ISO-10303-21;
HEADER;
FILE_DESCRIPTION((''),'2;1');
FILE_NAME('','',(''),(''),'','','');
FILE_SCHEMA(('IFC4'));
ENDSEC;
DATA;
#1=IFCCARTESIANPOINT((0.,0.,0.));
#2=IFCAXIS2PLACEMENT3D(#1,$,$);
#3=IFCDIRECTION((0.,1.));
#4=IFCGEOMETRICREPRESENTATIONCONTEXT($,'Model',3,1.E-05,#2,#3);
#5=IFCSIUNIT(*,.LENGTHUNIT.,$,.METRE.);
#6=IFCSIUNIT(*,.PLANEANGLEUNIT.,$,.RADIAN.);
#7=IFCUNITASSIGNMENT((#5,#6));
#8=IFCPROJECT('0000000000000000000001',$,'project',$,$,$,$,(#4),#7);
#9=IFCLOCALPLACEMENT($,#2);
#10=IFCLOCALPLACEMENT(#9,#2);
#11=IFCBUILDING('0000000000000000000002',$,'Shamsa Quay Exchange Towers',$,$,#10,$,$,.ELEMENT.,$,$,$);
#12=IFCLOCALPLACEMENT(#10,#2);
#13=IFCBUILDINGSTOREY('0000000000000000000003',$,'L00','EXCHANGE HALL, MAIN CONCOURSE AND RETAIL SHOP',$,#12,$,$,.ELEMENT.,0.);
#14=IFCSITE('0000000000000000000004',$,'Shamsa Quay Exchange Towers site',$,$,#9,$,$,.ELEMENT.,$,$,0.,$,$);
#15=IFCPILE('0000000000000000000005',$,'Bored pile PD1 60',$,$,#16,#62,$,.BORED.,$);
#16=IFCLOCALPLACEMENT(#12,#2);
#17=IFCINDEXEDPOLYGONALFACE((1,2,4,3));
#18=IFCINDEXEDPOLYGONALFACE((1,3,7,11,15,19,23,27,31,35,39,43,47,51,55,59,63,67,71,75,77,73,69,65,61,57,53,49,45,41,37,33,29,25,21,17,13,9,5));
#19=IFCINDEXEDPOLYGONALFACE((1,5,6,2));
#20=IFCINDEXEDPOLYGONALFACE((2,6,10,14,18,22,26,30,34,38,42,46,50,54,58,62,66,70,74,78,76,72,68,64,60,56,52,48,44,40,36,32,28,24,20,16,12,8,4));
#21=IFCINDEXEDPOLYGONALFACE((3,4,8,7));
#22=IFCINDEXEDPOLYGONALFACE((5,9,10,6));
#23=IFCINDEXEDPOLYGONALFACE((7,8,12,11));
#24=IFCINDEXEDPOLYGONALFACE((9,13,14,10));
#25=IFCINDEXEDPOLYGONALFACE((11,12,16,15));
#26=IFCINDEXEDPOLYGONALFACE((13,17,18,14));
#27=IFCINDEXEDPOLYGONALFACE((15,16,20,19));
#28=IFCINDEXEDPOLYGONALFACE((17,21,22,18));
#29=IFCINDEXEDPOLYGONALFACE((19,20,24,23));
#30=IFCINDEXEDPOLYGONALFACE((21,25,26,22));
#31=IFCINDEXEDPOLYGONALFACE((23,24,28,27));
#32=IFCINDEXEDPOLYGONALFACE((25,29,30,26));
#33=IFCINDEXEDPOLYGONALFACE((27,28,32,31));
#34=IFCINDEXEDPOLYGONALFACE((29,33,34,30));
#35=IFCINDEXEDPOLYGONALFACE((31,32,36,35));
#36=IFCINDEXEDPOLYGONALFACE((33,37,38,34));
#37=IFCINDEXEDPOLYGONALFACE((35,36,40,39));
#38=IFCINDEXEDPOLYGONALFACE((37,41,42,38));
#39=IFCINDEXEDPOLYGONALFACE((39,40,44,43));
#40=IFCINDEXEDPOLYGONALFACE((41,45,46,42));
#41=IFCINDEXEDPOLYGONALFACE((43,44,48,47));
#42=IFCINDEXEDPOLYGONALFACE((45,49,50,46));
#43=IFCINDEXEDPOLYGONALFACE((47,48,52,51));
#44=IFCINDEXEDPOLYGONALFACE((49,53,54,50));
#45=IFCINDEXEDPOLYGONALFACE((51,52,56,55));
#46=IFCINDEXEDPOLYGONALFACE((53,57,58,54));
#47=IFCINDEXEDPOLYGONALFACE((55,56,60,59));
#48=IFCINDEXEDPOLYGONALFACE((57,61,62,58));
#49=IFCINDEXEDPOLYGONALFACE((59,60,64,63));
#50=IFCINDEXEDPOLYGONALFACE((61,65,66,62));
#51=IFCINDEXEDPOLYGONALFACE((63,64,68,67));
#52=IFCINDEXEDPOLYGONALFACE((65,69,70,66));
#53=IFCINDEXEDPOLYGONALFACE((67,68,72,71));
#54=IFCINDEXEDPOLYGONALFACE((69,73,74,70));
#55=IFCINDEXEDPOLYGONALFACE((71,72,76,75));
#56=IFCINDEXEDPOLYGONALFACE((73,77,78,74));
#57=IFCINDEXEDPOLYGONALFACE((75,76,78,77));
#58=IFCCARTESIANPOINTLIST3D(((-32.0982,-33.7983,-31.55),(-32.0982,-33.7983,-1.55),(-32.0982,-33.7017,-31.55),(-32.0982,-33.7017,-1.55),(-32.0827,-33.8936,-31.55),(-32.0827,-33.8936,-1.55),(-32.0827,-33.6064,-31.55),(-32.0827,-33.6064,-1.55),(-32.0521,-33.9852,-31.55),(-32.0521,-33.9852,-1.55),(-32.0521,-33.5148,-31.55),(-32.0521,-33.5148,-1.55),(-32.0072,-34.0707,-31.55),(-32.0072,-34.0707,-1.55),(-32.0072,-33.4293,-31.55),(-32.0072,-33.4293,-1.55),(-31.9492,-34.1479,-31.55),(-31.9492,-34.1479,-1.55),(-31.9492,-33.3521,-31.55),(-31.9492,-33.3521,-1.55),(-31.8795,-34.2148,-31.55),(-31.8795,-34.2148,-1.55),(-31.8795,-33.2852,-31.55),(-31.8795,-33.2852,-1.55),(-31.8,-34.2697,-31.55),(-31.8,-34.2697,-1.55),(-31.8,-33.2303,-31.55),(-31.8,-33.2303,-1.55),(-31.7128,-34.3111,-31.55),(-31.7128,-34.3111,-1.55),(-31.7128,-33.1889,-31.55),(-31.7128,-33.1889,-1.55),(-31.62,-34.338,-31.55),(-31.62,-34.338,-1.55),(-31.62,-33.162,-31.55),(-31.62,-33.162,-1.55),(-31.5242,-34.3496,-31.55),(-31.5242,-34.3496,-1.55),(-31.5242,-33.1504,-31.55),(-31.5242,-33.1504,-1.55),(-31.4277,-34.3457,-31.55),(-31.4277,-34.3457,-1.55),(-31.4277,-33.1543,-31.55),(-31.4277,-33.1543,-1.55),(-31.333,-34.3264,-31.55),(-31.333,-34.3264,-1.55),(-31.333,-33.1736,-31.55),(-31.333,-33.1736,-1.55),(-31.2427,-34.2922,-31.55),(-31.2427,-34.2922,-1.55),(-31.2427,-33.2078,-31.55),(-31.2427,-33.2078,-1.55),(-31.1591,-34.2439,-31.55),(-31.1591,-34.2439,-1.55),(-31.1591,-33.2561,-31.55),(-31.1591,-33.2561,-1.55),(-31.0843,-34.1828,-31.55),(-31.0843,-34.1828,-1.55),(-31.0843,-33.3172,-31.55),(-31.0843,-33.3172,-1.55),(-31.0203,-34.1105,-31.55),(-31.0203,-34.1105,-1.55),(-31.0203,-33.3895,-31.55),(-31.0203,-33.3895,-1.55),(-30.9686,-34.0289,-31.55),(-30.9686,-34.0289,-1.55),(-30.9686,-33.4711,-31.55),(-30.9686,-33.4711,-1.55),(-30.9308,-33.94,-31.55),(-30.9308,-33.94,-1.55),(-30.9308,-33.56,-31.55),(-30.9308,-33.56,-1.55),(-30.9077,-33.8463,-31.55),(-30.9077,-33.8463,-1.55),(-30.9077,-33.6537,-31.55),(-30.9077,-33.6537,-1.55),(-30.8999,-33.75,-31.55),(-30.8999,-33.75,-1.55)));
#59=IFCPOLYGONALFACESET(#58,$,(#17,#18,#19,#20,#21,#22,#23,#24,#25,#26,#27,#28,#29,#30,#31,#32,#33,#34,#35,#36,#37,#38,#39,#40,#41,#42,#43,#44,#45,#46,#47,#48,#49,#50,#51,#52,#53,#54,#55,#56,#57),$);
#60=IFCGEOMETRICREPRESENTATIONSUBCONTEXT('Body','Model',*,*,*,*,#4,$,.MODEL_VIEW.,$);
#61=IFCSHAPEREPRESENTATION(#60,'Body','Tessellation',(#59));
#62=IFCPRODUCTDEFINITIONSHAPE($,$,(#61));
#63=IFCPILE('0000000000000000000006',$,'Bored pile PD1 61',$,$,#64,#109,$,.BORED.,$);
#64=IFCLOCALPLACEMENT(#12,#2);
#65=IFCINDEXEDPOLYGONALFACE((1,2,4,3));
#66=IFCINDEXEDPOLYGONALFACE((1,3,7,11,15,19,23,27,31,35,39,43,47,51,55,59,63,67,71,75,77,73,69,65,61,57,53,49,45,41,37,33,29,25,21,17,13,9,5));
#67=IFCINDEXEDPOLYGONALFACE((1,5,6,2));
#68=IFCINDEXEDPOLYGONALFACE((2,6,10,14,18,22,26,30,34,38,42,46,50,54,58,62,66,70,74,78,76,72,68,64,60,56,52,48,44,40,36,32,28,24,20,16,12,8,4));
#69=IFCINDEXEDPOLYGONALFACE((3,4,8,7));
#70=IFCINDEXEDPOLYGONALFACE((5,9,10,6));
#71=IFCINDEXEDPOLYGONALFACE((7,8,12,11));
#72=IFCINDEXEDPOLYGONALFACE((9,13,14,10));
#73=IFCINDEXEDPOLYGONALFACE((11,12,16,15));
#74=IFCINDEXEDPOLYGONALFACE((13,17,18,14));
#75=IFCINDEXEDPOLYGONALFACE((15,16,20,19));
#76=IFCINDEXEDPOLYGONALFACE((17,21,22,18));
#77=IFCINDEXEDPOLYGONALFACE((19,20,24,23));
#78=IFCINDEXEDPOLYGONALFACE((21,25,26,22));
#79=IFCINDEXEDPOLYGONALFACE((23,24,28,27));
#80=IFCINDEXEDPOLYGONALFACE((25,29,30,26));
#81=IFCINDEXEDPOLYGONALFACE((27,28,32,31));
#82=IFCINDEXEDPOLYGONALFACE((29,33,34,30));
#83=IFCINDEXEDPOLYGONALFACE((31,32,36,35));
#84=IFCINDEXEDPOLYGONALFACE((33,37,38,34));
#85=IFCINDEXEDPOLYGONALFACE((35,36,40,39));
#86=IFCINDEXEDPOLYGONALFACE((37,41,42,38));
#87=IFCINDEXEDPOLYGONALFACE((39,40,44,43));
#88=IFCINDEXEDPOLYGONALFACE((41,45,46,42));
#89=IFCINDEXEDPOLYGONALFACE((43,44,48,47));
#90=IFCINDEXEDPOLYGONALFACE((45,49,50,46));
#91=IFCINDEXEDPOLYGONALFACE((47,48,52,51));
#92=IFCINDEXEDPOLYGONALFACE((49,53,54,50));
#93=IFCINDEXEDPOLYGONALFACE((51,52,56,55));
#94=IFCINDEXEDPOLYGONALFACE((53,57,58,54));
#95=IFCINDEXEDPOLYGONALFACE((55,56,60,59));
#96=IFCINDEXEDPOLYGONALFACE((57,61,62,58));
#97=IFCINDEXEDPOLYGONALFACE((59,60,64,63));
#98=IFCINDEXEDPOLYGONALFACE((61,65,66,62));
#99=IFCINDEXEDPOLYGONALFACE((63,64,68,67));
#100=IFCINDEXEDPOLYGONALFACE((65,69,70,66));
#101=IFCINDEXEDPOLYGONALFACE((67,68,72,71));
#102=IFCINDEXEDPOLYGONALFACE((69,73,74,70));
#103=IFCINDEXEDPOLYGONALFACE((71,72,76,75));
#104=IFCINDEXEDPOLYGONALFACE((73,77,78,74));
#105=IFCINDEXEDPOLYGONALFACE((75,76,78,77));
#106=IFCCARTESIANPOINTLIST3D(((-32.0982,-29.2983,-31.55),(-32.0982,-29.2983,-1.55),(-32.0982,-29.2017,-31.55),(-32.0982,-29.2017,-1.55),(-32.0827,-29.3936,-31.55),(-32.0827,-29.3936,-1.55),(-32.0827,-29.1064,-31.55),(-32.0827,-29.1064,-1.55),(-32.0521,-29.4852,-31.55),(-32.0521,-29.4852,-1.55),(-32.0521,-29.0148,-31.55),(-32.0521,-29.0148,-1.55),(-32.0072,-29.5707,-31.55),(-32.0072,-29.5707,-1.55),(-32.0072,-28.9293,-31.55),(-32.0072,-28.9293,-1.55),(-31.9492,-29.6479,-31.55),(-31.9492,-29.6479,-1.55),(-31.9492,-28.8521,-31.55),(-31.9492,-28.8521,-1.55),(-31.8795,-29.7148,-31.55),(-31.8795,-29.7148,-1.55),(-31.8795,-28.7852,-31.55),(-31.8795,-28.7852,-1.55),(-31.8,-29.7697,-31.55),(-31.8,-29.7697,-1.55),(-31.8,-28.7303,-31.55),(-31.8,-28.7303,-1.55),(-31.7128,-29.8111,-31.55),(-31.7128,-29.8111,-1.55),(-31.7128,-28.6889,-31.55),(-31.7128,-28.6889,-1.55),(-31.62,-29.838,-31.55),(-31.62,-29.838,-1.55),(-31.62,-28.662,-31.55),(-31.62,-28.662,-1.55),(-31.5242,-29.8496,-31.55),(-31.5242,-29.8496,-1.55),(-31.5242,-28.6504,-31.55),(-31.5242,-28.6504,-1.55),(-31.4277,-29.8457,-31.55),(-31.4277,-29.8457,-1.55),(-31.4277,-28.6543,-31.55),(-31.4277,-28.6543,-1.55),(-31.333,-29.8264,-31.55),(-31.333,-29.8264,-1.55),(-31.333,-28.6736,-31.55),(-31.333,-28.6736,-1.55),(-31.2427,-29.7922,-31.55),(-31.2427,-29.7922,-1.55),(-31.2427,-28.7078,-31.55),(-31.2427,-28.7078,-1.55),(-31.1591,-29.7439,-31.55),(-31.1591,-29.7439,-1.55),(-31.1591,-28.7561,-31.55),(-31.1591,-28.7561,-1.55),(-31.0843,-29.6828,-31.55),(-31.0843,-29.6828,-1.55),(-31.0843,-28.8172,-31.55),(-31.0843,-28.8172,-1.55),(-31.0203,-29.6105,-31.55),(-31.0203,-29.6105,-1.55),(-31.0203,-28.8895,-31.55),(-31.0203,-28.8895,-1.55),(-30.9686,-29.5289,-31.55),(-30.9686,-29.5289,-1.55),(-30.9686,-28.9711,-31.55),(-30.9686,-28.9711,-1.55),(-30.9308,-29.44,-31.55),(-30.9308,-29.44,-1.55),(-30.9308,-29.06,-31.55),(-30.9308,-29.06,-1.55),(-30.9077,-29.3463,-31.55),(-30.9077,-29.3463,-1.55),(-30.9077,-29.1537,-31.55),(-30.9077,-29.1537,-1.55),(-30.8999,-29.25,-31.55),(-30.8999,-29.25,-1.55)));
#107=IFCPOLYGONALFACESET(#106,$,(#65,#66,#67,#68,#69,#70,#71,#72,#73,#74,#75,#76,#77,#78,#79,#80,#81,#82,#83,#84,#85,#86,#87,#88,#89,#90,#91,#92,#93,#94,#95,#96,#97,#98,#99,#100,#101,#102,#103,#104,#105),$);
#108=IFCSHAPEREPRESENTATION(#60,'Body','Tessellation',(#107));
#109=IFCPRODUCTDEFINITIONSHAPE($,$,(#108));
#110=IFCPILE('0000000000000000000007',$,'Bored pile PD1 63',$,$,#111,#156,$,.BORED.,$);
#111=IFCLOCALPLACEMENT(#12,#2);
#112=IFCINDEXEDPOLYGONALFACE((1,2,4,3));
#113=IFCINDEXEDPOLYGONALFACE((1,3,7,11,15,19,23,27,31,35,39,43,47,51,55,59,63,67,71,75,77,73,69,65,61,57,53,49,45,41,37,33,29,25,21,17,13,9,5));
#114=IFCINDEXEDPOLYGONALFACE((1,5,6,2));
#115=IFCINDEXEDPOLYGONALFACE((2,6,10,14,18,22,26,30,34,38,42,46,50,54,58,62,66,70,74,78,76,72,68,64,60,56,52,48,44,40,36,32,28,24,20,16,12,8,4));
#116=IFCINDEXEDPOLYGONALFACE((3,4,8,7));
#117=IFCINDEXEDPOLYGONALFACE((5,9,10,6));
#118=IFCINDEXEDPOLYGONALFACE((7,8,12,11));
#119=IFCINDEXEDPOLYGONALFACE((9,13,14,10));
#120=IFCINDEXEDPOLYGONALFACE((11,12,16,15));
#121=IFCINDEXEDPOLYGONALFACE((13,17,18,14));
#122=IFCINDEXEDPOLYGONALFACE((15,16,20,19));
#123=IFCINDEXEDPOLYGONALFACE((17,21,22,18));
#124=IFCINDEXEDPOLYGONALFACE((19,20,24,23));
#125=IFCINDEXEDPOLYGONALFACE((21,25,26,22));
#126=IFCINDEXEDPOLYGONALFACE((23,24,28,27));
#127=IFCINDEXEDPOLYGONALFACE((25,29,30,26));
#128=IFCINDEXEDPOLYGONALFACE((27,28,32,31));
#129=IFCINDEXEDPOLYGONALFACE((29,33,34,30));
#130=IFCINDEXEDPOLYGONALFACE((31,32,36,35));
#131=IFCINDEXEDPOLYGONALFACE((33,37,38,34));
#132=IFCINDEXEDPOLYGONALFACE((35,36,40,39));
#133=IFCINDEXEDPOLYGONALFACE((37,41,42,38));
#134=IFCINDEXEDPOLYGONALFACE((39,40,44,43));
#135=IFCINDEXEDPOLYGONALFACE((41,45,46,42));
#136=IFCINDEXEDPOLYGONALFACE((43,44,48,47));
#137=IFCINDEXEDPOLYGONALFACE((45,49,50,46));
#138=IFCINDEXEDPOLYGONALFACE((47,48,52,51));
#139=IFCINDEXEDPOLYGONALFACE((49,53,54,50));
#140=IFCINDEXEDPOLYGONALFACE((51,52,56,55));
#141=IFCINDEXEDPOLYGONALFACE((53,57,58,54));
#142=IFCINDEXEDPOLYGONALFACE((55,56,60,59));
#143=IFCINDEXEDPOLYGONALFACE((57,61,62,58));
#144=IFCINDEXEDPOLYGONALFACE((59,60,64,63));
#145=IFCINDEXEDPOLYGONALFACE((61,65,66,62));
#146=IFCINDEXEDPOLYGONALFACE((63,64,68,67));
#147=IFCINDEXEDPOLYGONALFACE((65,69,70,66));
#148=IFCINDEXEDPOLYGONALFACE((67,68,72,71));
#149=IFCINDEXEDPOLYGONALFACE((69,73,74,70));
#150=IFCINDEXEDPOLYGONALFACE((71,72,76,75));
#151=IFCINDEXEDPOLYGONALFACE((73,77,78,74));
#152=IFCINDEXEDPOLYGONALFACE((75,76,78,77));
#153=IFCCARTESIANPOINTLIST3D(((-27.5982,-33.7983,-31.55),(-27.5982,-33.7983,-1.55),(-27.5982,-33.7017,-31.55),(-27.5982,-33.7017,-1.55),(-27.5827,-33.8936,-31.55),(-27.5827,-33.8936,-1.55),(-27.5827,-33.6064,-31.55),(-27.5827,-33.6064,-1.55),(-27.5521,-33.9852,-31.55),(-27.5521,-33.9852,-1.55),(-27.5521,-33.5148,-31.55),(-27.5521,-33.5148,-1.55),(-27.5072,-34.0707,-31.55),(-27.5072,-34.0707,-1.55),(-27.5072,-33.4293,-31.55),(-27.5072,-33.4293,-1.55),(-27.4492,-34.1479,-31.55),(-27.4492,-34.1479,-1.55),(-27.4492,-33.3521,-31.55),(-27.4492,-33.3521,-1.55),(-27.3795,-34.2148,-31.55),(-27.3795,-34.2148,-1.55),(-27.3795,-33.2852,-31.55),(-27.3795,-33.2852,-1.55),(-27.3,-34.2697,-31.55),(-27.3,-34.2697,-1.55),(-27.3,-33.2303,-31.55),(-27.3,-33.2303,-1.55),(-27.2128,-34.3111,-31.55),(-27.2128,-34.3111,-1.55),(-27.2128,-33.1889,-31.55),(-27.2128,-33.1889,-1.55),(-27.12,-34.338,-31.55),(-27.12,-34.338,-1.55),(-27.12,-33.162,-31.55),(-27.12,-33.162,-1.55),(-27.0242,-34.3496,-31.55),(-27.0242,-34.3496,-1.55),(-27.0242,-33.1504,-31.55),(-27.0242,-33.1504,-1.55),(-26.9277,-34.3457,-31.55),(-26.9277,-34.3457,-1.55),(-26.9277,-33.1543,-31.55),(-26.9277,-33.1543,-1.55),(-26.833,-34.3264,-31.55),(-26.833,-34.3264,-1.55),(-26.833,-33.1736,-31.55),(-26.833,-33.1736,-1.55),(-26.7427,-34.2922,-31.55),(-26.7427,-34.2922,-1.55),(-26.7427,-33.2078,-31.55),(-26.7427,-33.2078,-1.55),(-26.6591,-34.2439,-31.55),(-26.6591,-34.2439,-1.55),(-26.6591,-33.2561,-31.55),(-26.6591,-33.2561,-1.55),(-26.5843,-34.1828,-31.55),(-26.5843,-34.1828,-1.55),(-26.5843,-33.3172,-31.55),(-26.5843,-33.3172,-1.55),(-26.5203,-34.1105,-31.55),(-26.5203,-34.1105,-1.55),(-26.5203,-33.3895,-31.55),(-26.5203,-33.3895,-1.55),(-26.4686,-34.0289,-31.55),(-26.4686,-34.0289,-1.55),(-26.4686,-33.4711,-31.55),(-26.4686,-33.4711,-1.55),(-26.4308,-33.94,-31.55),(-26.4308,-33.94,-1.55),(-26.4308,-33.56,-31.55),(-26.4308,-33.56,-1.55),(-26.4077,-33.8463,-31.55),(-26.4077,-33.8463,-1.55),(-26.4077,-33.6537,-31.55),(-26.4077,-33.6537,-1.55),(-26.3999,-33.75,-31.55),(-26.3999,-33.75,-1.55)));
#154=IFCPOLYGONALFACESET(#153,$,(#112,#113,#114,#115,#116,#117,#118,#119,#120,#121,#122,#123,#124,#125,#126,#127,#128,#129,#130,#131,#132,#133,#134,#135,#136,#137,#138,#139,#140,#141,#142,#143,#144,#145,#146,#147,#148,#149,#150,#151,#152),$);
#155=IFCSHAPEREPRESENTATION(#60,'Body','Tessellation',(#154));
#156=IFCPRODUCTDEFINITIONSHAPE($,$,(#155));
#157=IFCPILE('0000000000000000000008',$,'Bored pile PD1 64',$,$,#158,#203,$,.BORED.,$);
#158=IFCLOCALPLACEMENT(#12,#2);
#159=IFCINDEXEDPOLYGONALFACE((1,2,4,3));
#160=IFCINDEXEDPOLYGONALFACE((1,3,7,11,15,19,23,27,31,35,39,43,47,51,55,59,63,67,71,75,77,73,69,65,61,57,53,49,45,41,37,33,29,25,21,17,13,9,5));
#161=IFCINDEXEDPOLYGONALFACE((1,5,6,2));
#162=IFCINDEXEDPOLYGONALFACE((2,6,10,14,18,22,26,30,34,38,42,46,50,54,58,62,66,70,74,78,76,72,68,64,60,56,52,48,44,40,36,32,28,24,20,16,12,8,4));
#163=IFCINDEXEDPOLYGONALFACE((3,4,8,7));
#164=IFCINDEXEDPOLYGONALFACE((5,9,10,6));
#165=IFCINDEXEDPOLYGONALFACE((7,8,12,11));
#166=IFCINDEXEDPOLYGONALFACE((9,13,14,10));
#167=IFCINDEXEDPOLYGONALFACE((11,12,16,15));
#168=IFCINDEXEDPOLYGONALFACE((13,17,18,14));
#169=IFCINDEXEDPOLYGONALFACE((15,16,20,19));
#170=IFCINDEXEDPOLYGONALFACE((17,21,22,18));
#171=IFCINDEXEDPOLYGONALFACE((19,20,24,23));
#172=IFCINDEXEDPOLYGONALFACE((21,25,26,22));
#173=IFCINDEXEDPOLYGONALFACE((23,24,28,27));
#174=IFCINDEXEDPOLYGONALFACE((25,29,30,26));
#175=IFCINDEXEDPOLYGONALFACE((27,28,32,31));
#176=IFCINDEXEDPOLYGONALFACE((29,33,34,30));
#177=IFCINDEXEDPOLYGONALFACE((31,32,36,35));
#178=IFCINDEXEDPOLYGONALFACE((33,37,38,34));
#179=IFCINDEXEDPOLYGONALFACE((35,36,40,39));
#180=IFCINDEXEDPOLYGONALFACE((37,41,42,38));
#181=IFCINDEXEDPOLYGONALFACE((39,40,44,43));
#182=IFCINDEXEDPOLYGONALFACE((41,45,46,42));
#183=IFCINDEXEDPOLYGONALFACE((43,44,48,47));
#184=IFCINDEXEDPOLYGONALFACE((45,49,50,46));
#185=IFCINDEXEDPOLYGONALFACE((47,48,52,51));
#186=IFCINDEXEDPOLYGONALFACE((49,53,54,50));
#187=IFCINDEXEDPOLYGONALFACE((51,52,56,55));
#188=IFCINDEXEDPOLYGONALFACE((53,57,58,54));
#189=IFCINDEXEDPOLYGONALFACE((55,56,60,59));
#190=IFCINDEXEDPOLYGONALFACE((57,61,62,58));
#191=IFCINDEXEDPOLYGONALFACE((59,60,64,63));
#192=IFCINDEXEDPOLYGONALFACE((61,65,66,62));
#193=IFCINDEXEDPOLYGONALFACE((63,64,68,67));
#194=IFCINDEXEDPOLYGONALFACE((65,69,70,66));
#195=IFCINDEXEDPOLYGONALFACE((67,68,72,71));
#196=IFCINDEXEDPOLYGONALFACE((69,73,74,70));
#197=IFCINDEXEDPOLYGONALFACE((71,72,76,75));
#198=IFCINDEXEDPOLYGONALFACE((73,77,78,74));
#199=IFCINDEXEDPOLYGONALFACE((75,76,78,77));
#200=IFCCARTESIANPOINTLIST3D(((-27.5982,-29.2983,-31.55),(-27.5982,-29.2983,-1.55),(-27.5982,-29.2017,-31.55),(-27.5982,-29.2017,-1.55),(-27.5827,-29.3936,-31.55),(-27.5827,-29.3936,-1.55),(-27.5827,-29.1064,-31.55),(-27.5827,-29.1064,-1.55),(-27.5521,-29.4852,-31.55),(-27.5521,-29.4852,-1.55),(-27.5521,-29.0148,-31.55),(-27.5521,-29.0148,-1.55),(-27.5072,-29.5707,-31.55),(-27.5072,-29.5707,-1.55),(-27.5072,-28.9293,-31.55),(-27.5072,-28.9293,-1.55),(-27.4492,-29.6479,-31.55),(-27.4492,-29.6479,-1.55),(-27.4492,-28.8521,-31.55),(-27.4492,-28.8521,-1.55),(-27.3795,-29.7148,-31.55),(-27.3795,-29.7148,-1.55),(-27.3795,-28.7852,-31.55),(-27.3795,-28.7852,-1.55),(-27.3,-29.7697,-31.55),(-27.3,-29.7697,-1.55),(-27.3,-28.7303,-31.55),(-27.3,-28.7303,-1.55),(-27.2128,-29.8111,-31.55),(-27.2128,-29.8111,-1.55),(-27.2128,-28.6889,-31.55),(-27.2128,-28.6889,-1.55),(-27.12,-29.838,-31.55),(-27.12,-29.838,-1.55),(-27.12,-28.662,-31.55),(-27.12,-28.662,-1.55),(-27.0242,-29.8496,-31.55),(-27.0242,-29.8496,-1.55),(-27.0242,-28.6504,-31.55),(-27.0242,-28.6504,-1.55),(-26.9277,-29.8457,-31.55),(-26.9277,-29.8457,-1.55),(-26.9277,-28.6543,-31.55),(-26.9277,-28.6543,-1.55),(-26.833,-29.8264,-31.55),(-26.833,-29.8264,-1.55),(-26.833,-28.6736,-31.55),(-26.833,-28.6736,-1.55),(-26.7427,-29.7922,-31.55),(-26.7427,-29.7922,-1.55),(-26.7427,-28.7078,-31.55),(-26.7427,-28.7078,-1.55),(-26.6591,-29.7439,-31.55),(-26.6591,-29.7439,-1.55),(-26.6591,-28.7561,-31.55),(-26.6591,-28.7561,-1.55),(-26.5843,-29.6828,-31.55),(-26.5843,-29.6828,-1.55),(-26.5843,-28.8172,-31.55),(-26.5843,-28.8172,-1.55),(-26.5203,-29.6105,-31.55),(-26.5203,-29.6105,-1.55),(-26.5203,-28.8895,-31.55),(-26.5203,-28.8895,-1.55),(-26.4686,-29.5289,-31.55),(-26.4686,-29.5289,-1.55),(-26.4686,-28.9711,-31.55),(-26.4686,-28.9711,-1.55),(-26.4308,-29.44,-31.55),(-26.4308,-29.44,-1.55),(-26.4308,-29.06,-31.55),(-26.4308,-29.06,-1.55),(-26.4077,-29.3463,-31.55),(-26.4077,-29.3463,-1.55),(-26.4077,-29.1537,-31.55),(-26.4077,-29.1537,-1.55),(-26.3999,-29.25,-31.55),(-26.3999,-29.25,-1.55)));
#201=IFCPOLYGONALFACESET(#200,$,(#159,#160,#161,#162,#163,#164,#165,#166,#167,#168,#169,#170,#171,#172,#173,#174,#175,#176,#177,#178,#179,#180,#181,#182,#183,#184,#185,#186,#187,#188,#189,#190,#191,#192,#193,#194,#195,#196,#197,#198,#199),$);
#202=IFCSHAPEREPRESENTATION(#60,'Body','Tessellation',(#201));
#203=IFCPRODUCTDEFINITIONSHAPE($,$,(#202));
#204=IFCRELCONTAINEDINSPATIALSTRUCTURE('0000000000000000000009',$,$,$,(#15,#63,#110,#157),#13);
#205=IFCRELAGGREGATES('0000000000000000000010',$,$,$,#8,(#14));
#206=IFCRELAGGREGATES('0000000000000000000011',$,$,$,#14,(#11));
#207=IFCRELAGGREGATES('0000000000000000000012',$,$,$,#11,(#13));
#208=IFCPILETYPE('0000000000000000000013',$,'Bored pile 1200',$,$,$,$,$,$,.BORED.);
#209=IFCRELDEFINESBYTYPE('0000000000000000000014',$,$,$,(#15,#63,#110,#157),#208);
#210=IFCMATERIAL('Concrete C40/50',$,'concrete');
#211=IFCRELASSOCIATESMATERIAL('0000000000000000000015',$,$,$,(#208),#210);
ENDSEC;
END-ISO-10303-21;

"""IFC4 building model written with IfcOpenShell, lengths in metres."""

from ifc_helpers import new_model, si_unit, direction, frame, origin, origin_2d, place, context, subcontext, project, spatial, circle, extrude, material, material_profile, profile_set, type_object, element, save


model = new_model("IFC4")

# Units and contexts
model_context = context("Model", 3, precision=1e-05, world=origin(), true_north=direction((0.0, 1.0)))
body_context = subcontext(model_context, "Body", "Model", "MODEL_VIEW")
ifc_project = project(units=[si_unit("LENGTHUNIT", "METRE"), si_unit("PLANEANGLEUNIT", "RADIAN")], contexts=[model_context])

# Site, building, storey
site_placement = place(None, origin())
site = spatial("IfcSite", under=ifc_project, at=site_placement, Name="Shamsa Quay Exchange Towers site", CompositionType="ELEMENT", RefElevation=0.0)
building_placement = place(site_placement, origin())
building = spatial("IfcBuilding", under=site, at=building_placement, Name="Shamsa Quay Exchange Towers", CompositionType="ELEMENT")
storey_placement = place(building_placement, origin())
storey = spatial("IfcBuildingStorey", under=building, at=storey_placement, Name="L00", Description="EXCHANGE HALL, MAIN CONCOURSE AND RETAIL SHOP", CompositionType="ELEMENT", Elevation=0.0)

# Piles
ifc_material_1 = material(Name="Concrete C40/50", Category="concrete")
ifc_material_profile_1 = material_profile(ifc_material_1, circle(Radius=0.6001, at=origin_2d()), Name="BP1200")
ifc_profile_set_1 = profile_set([ifc_material_profile_1], Name="Concrete C40/50")
pile_type_1 = type_object("IfcPileType", Name="Bored pile 1200", PredefinedType="BORED", material=ifc_profile_set_1)
for number, where, z_axis, x_axis, name in (
    (1, (-31.5, -33.75, -1.55), (0.0, 0.0, -1.0), (1.0, 0.0, 0.0), "Bored pile PD1 60"),
    (2, (-31.5, -29.25, -1.55), (0.0, 0.0, -1.0), (1.0, 0.0, 0.0), "Bored pile PD1 61"),
    (3, (-27.0, -33.75, -1.55), (0.0, 0.0, -1.0), (1.0, 0.0, 0.0), "Bored pile PD1 63"),
    (4, (-27.0, -29.25, -1.55), (0.0, 0.0, -1.0), (1.0, 0.0, 0.0), "Bored pile PD1 64"),
):
    element("IfcPile", number, at=place(storey_placement, frame(where, z_axis=z_axis, x_axis=x_axis)), inside=storey, type_object=pile_type_1, Name=name, PredefinedType="BORED", context=body_context, shape_type="SweptSolid", body=[
        extrude(circle(Radius=0.6001, at=origin_2d()), origin(), (0.0, 0.0, 1.0), 30.0),
    ])

save(model, "model.ifc")
